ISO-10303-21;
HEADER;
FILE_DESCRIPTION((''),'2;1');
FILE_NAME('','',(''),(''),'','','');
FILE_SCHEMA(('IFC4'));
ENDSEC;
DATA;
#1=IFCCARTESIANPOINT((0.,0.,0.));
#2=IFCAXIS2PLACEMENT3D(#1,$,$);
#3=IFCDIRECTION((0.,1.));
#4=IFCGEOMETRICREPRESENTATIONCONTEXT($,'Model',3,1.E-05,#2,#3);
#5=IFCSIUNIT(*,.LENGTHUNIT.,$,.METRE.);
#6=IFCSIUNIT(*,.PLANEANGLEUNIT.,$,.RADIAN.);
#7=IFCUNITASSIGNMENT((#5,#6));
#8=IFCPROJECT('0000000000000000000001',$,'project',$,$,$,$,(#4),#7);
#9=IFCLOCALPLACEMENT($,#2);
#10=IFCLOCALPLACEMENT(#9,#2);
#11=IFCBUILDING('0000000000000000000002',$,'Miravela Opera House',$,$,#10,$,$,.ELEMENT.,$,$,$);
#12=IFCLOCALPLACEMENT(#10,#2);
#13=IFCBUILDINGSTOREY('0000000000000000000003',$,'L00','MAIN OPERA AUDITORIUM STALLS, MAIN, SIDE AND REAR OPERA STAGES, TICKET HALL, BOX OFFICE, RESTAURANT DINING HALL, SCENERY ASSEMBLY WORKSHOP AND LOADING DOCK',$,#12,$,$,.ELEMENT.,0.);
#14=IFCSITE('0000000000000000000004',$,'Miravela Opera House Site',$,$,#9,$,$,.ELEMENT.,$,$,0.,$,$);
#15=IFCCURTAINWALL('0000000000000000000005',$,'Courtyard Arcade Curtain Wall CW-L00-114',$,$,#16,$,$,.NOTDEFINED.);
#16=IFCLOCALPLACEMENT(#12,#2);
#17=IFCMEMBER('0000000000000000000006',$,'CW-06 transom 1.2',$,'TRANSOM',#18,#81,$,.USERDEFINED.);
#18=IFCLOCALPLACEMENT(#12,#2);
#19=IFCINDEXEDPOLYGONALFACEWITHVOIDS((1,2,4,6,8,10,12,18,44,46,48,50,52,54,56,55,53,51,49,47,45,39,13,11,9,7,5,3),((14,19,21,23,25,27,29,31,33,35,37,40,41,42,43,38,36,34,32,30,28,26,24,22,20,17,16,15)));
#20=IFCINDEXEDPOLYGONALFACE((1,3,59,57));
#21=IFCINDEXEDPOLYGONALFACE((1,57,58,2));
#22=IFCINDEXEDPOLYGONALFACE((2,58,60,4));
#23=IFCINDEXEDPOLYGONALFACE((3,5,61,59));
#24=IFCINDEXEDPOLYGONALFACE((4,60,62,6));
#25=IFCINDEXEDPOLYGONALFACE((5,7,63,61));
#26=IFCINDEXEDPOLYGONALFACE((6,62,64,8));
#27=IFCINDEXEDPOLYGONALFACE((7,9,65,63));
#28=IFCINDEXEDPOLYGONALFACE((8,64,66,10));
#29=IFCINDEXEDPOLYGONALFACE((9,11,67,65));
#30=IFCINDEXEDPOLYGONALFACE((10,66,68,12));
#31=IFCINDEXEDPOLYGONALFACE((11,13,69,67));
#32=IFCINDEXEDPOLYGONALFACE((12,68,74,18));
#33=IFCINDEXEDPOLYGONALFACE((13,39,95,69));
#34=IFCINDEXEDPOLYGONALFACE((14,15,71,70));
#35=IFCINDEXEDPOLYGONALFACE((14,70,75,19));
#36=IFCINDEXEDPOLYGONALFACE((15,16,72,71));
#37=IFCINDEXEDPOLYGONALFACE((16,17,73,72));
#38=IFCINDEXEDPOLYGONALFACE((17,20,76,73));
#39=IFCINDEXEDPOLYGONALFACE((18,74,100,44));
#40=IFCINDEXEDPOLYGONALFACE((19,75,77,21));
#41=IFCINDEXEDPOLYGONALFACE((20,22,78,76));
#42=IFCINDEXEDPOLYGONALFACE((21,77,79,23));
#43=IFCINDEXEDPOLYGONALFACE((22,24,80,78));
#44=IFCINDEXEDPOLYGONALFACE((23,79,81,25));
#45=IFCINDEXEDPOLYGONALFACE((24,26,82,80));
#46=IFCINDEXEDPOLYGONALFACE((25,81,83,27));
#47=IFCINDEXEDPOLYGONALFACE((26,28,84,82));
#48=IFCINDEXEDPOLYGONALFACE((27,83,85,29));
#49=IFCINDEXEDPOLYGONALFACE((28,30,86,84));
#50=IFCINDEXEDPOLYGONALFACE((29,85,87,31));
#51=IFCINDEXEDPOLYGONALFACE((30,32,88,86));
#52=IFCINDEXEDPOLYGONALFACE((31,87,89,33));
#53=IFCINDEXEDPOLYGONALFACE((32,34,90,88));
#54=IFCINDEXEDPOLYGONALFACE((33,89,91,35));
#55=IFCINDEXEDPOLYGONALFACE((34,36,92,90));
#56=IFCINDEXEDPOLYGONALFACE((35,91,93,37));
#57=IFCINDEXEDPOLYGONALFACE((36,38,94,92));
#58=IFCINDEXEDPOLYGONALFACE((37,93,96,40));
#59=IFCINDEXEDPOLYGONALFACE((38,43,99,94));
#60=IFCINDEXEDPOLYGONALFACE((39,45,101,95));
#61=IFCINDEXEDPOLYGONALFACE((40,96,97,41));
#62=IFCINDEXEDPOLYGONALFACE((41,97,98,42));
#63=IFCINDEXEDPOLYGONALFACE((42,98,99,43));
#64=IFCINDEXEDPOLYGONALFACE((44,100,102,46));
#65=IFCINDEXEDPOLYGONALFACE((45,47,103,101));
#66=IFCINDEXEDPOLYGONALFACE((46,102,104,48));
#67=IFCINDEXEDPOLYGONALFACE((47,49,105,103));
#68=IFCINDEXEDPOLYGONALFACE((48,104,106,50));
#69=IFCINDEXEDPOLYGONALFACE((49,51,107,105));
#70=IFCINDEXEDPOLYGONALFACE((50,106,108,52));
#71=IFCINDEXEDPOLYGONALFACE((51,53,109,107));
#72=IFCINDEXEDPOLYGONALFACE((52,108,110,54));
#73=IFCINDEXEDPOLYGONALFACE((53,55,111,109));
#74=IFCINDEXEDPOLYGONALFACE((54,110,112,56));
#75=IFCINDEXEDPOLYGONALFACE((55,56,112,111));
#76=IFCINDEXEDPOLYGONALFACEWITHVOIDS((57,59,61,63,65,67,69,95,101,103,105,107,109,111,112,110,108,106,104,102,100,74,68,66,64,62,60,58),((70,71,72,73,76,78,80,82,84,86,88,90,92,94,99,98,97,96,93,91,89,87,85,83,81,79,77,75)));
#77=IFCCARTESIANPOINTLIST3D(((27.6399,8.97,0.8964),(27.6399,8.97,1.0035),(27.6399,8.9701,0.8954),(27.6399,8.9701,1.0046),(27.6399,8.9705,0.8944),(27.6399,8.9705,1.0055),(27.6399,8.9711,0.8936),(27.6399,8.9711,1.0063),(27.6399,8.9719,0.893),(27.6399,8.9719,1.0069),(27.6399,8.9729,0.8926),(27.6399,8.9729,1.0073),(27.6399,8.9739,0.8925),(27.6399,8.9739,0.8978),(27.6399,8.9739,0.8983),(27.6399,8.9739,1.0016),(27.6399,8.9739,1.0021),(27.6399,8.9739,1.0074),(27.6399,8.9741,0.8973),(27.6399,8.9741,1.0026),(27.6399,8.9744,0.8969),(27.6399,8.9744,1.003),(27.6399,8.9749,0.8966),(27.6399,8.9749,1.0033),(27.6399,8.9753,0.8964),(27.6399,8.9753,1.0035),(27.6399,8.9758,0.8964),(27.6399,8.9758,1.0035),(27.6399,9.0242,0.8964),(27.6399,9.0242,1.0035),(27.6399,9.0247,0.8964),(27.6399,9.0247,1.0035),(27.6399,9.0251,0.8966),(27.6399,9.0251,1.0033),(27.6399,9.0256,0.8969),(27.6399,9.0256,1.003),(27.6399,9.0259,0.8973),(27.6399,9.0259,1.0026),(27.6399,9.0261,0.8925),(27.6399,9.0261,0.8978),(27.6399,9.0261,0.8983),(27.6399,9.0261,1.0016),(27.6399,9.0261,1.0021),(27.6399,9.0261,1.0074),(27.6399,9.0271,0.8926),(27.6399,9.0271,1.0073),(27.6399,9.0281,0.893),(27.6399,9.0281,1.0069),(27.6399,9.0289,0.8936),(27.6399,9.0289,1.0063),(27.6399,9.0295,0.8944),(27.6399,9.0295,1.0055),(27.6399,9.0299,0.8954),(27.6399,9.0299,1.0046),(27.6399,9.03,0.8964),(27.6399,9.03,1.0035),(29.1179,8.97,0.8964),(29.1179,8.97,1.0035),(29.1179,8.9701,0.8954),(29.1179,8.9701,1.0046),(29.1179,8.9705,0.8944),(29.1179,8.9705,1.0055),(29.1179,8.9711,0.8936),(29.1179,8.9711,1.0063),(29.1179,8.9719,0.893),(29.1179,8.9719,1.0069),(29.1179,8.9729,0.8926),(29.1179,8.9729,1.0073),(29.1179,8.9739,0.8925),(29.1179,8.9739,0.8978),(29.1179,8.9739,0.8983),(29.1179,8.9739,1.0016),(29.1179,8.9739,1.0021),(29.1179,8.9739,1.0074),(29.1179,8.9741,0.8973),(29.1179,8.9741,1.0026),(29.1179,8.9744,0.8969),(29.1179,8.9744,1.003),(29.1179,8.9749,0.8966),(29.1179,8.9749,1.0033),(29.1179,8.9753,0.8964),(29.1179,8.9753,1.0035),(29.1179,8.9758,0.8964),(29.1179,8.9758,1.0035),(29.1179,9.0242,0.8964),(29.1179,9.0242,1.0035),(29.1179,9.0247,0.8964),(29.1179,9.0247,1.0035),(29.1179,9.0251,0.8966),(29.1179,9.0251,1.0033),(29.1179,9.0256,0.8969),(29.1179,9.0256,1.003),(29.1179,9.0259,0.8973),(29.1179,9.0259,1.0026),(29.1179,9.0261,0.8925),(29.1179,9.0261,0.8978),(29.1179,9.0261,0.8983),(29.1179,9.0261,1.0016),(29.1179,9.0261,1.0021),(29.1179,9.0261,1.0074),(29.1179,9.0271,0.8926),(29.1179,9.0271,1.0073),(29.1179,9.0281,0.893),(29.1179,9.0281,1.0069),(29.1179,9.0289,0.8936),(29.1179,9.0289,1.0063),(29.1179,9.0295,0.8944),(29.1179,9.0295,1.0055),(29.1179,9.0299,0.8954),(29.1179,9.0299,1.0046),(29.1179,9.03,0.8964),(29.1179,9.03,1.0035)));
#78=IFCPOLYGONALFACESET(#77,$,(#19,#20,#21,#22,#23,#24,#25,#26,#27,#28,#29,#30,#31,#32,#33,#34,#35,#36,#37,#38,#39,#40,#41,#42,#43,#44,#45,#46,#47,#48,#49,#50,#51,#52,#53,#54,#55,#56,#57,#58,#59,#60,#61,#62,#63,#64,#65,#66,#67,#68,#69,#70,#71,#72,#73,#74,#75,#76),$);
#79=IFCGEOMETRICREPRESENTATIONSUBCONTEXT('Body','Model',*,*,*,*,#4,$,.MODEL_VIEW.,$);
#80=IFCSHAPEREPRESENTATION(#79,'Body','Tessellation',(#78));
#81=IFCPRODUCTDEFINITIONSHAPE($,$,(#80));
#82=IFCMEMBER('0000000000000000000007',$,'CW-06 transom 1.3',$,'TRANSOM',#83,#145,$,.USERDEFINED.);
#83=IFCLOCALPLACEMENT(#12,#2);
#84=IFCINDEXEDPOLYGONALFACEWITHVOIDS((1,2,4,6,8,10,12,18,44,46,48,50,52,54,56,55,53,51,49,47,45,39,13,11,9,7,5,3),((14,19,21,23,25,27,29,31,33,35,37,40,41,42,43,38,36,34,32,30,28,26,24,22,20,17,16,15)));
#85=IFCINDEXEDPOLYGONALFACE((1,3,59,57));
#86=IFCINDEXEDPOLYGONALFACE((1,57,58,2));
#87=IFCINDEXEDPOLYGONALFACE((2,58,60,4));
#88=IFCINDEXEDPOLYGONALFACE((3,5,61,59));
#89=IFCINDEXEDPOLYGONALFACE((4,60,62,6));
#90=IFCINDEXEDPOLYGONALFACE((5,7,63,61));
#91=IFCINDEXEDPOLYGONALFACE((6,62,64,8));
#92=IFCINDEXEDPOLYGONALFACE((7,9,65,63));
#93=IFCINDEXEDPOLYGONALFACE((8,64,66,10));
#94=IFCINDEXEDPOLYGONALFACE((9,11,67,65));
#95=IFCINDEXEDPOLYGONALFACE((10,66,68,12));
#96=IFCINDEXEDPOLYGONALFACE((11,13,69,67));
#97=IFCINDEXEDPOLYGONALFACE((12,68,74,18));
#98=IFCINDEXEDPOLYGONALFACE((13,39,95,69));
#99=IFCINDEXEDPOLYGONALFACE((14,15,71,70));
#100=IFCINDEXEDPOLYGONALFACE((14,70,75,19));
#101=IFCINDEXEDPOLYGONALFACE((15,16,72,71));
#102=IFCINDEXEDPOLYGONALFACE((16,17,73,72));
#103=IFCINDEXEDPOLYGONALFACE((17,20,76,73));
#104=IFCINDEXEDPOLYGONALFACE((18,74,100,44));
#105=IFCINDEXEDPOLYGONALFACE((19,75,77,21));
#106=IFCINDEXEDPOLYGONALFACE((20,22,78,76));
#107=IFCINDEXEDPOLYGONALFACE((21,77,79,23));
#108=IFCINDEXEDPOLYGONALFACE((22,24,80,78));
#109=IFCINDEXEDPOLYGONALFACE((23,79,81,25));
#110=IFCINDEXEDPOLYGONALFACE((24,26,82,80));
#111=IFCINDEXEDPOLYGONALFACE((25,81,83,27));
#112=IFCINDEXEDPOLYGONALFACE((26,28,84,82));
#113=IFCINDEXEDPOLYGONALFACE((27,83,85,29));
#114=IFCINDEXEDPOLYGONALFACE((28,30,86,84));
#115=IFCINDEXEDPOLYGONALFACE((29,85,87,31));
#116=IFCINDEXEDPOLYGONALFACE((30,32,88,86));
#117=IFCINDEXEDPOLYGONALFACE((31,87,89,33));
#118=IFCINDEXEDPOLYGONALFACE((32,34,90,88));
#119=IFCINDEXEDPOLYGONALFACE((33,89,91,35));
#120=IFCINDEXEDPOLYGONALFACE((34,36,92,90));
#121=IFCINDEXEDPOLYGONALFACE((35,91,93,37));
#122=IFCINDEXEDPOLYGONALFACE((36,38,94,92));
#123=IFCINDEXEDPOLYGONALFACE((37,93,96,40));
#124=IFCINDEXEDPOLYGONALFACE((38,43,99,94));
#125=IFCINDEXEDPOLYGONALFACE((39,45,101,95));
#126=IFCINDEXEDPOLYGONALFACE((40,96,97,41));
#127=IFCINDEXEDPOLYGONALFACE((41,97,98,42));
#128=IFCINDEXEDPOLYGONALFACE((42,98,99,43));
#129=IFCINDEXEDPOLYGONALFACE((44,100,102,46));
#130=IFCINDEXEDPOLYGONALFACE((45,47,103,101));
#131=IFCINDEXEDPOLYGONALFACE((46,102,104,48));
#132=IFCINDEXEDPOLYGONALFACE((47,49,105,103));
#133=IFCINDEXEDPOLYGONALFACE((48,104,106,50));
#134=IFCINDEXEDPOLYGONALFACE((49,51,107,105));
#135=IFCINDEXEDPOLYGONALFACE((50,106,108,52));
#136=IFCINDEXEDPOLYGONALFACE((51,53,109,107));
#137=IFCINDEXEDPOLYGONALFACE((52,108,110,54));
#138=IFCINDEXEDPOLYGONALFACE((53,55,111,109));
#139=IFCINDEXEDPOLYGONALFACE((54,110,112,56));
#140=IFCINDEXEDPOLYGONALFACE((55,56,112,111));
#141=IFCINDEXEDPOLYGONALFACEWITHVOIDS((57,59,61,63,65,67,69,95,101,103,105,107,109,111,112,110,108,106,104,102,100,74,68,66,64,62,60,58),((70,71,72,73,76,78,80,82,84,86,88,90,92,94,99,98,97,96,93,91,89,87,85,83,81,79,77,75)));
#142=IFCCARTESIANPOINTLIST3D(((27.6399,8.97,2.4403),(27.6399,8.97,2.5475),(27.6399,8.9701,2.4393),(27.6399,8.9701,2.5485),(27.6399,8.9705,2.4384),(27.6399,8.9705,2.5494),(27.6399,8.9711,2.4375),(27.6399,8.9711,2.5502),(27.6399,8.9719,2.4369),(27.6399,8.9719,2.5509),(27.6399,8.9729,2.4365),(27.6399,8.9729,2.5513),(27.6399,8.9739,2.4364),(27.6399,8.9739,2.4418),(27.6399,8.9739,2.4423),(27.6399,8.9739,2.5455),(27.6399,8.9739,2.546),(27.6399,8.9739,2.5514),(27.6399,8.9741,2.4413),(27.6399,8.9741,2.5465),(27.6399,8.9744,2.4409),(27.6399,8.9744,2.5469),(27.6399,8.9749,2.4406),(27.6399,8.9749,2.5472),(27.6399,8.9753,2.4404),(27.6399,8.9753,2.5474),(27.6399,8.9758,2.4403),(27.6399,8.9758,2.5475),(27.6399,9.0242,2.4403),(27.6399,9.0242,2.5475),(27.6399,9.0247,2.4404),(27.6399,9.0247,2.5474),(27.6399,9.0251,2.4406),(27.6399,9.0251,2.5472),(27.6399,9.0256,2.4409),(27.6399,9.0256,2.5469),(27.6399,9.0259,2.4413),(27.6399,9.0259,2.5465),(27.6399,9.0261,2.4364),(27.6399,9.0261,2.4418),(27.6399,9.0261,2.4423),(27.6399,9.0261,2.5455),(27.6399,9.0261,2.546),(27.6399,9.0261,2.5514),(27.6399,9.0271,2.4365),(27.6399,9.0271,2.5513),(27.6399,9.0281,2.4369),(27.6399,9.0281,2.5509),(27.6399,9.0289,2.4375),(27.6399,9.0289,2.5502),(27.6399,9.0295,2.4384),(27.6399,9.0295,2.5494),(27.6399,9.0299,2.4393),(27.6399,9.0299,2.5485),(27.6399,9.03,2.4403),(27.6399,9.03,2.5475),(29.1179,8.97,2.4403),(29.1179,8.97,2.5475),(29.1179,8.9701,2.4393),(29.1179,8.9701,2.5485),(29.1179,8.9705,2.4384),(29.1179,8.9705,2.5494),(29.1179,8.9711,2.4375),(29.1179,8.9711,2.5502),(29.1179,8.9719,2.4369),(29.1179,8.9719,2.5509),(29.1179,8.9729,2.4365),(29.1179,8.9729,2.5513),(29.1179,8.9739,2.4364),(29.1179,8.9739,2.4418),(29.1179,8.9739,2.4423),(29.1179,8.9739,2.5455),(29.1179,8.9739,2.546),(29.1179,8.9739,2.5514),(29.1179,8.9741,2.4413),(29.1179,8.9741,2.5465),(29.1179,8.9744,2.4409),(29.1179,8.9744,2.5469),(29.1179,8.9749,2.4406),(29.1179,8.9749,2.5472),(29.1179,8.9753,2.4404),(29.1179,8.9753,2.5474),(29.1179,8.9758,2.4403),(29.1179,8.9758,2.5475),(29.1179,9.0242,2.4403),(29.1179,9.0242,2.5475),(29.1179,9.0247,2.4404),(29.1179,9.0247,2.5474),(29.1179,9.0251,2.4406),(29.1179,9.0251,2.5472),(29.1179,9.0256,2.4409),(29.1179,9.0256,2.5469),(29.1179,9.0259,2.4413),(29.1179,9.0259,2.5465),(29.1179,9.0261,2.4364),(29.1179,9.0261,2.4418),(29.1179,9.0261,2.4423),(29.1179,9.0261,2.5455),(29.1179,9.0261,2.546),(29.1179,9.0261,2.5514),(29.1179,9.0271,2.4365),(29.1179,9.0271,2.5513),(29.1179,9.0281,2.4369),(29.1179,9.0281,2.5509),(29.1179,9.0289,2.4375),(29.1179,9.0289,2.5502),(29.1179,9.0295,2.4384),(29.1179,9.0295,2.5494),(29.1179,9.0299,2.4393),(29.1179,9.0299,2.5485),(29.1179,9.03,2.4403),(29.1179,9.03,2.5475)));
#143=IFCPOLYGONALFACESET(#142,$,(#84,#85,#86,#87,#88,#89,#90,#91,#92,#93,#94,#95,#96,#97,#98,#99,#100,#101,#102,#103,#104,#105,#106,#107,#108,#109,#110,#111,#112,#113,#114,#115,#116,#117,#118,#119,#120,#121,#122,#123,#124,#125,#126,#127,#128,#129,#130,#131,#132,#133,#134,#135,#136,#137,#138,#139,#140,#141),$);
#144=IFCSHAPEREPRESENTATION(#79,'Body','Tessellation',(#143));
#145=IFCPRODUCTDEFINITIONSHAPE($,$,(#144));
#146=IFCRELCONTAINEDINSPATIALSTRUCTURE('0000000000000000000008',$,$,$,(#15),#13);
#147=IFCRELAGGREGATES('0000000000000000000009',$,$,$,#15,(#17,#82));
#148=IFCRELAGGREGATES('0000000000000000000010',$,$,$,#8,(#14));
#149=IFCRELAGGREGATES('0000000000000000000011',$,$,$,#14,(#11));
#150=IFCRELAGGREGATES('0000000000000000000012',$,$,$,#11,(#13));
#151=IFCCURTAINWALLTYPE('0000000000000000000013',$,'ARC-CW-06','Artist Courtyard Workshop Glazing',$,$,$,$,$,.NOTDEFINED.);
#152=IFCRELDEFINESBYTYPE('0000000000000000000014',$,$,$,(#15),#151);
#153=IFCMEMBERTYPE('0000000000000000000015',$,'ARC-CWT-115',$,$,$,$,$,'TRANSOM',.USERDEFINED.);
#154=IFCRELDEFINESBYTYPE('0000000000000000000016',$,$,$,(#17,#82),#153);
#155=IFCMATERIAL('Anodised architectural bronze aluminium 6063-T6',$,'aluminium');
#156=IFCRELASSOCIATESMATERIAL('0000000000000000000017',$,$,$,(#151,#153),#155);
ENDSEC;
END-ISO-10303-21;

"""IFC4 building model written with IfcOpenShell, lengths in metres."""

from ifc_helpers import new_model, si_unit, direction, frame, origin, origin_2d, place, context, subcontext, project, spatial, hollow_rectangle, extrude, material, material_profile, profile_set, type_object, element, aggregate, save


model = new_model("IFC4")

# Units and contexts
model_context = context("Model", 3, precision=1e-05, world=origin(), true_north=direction((0.0, 1.0)))
body_context = subcontext(model_context, "Body", "Model", "MODEL_VIEW")
ifc_project = project(units=[si_unit("LENGTHUNIT", "METRE"), si_unit("PLANEANGLEUNIT", "RADIAN")], contexts=[model_context])

# Site, building, storey
site_placement = place(None, origin())
site = spatial("IfcSite", under=ifc_project, at=site_placement, Name="Miravela Opera House Site", CompositionType="ELEMENT", RefElevation=0.0)
building_placement = place(site_placement, origin())
building = spatial("IfcBuilding", under=site, at=building_placement, Name="Miravela Opera House", CompositionType="ELEMENT")
storey_placement = place(building_placement, origin())
storey = spatial("IfcBuildingStorey", under=building, at=storey_placement, Name="L00", Description="MAIN OPERA AUDITORIUM STALLS, MAIN, SIDE AND REAR OPERA STAGES, TICKET HALL, BOX OFFICE, RESTAURANT DINING HALL, SCENERY ASSEMBLY WORKSHOP AND LOADING DOCK", CompositionType="ELEMENT", Elevation=0.0)

# Curtain wall, members
ifc_material_1 = material(Name="Anodised architectural bronze aluminium 6063-T6", Category="aluminium")
curtain_wall_type = type_object("IfcCurtainWallType", Name="ARC-CW-06", Description="Artist Courtyard Workshop Glazing", PredefinedType="NOTDEFINED", material=ifc_material_1)
curtain_wall_placement = place(storey_placement, origin())
curtain_wall = element("IfcCurtainWall", 1, at=curtain_wall_placement, inside=storey, type_object=curtain_wall_type, Name="Courtyard Arcade Curtain Wall CW-L00-114", PredefinedType="NOTDEFINED")
ifc_material_profile_1 = material_profile(ifc_material_1, hollow_rectangle(XDim=0.0601, YDim=0.115, WallThickness=0.0039, InnerFilletRadius=0.002, OuterFilletRadius=0.0039, at=origin_2d()), Name="CWT-60X115")
ifc_profile_set_1 = profile_set([ifc_material_profile_1])
member_type_1 = type_object("IfcMemberType", Name="ARC-CWT-115", ElementType="TRANSOM", PredefinedType="USERDEFINED", material=ifc_profile_set_1)
member_1_placement = place(storey_placement, frame((27.6399, 9.0, 0.95), z_axis=(1.0, 0.0, 0.0), x_axis=(0.0, 1.0, 0.0)))
member_1 = element("IfcMember", 2, at=member_1_placement, type_object=member_type_1, Name="CW-06 transom 1.2", ObjectType="TRANSOM", PredefinedType="USERDEFINED", context=body_context, shape_type="SweptSolid", body=[
    extrude(hollow_rectangle(XDim=0.0601, YDim=0.115, WallThickness=0.0039, InnerFilletRadius=0.002, OuterFilletRadius=0.0039, at=origin_2d()), origin(), (0.0, 0.0, 1.0), 1.478),
])
member_2_placement = place(storey_placement, frame((27.6399, 9.0, 2.4939), z_axis=(1.0, 0.0, 0.0), x_axis=(0.0, 1.0, 0.0)))
member_2 = element("IfcMember", 3, at=member_2_placement, type_object=member_type_1, Name="CW-06 transom 1.3", ObjectType="TRANSOM", PredefinedType="USERDEFINED", context=body_context, shape_type="SweptSolid", body=[
    extrude(hollow_rectangle(XDim=0.0601, YDim=0.115, WallThickness=0.0039, InnerFilletRadius=0.002, OuterFilletRadius=0.0039, at=origin_2d()), origin(), (0.0, 0.0, 1.0), 1.478),
])

aggregate(curtain_wall, [member_1, member_2])

save(model, "model.ifc")
